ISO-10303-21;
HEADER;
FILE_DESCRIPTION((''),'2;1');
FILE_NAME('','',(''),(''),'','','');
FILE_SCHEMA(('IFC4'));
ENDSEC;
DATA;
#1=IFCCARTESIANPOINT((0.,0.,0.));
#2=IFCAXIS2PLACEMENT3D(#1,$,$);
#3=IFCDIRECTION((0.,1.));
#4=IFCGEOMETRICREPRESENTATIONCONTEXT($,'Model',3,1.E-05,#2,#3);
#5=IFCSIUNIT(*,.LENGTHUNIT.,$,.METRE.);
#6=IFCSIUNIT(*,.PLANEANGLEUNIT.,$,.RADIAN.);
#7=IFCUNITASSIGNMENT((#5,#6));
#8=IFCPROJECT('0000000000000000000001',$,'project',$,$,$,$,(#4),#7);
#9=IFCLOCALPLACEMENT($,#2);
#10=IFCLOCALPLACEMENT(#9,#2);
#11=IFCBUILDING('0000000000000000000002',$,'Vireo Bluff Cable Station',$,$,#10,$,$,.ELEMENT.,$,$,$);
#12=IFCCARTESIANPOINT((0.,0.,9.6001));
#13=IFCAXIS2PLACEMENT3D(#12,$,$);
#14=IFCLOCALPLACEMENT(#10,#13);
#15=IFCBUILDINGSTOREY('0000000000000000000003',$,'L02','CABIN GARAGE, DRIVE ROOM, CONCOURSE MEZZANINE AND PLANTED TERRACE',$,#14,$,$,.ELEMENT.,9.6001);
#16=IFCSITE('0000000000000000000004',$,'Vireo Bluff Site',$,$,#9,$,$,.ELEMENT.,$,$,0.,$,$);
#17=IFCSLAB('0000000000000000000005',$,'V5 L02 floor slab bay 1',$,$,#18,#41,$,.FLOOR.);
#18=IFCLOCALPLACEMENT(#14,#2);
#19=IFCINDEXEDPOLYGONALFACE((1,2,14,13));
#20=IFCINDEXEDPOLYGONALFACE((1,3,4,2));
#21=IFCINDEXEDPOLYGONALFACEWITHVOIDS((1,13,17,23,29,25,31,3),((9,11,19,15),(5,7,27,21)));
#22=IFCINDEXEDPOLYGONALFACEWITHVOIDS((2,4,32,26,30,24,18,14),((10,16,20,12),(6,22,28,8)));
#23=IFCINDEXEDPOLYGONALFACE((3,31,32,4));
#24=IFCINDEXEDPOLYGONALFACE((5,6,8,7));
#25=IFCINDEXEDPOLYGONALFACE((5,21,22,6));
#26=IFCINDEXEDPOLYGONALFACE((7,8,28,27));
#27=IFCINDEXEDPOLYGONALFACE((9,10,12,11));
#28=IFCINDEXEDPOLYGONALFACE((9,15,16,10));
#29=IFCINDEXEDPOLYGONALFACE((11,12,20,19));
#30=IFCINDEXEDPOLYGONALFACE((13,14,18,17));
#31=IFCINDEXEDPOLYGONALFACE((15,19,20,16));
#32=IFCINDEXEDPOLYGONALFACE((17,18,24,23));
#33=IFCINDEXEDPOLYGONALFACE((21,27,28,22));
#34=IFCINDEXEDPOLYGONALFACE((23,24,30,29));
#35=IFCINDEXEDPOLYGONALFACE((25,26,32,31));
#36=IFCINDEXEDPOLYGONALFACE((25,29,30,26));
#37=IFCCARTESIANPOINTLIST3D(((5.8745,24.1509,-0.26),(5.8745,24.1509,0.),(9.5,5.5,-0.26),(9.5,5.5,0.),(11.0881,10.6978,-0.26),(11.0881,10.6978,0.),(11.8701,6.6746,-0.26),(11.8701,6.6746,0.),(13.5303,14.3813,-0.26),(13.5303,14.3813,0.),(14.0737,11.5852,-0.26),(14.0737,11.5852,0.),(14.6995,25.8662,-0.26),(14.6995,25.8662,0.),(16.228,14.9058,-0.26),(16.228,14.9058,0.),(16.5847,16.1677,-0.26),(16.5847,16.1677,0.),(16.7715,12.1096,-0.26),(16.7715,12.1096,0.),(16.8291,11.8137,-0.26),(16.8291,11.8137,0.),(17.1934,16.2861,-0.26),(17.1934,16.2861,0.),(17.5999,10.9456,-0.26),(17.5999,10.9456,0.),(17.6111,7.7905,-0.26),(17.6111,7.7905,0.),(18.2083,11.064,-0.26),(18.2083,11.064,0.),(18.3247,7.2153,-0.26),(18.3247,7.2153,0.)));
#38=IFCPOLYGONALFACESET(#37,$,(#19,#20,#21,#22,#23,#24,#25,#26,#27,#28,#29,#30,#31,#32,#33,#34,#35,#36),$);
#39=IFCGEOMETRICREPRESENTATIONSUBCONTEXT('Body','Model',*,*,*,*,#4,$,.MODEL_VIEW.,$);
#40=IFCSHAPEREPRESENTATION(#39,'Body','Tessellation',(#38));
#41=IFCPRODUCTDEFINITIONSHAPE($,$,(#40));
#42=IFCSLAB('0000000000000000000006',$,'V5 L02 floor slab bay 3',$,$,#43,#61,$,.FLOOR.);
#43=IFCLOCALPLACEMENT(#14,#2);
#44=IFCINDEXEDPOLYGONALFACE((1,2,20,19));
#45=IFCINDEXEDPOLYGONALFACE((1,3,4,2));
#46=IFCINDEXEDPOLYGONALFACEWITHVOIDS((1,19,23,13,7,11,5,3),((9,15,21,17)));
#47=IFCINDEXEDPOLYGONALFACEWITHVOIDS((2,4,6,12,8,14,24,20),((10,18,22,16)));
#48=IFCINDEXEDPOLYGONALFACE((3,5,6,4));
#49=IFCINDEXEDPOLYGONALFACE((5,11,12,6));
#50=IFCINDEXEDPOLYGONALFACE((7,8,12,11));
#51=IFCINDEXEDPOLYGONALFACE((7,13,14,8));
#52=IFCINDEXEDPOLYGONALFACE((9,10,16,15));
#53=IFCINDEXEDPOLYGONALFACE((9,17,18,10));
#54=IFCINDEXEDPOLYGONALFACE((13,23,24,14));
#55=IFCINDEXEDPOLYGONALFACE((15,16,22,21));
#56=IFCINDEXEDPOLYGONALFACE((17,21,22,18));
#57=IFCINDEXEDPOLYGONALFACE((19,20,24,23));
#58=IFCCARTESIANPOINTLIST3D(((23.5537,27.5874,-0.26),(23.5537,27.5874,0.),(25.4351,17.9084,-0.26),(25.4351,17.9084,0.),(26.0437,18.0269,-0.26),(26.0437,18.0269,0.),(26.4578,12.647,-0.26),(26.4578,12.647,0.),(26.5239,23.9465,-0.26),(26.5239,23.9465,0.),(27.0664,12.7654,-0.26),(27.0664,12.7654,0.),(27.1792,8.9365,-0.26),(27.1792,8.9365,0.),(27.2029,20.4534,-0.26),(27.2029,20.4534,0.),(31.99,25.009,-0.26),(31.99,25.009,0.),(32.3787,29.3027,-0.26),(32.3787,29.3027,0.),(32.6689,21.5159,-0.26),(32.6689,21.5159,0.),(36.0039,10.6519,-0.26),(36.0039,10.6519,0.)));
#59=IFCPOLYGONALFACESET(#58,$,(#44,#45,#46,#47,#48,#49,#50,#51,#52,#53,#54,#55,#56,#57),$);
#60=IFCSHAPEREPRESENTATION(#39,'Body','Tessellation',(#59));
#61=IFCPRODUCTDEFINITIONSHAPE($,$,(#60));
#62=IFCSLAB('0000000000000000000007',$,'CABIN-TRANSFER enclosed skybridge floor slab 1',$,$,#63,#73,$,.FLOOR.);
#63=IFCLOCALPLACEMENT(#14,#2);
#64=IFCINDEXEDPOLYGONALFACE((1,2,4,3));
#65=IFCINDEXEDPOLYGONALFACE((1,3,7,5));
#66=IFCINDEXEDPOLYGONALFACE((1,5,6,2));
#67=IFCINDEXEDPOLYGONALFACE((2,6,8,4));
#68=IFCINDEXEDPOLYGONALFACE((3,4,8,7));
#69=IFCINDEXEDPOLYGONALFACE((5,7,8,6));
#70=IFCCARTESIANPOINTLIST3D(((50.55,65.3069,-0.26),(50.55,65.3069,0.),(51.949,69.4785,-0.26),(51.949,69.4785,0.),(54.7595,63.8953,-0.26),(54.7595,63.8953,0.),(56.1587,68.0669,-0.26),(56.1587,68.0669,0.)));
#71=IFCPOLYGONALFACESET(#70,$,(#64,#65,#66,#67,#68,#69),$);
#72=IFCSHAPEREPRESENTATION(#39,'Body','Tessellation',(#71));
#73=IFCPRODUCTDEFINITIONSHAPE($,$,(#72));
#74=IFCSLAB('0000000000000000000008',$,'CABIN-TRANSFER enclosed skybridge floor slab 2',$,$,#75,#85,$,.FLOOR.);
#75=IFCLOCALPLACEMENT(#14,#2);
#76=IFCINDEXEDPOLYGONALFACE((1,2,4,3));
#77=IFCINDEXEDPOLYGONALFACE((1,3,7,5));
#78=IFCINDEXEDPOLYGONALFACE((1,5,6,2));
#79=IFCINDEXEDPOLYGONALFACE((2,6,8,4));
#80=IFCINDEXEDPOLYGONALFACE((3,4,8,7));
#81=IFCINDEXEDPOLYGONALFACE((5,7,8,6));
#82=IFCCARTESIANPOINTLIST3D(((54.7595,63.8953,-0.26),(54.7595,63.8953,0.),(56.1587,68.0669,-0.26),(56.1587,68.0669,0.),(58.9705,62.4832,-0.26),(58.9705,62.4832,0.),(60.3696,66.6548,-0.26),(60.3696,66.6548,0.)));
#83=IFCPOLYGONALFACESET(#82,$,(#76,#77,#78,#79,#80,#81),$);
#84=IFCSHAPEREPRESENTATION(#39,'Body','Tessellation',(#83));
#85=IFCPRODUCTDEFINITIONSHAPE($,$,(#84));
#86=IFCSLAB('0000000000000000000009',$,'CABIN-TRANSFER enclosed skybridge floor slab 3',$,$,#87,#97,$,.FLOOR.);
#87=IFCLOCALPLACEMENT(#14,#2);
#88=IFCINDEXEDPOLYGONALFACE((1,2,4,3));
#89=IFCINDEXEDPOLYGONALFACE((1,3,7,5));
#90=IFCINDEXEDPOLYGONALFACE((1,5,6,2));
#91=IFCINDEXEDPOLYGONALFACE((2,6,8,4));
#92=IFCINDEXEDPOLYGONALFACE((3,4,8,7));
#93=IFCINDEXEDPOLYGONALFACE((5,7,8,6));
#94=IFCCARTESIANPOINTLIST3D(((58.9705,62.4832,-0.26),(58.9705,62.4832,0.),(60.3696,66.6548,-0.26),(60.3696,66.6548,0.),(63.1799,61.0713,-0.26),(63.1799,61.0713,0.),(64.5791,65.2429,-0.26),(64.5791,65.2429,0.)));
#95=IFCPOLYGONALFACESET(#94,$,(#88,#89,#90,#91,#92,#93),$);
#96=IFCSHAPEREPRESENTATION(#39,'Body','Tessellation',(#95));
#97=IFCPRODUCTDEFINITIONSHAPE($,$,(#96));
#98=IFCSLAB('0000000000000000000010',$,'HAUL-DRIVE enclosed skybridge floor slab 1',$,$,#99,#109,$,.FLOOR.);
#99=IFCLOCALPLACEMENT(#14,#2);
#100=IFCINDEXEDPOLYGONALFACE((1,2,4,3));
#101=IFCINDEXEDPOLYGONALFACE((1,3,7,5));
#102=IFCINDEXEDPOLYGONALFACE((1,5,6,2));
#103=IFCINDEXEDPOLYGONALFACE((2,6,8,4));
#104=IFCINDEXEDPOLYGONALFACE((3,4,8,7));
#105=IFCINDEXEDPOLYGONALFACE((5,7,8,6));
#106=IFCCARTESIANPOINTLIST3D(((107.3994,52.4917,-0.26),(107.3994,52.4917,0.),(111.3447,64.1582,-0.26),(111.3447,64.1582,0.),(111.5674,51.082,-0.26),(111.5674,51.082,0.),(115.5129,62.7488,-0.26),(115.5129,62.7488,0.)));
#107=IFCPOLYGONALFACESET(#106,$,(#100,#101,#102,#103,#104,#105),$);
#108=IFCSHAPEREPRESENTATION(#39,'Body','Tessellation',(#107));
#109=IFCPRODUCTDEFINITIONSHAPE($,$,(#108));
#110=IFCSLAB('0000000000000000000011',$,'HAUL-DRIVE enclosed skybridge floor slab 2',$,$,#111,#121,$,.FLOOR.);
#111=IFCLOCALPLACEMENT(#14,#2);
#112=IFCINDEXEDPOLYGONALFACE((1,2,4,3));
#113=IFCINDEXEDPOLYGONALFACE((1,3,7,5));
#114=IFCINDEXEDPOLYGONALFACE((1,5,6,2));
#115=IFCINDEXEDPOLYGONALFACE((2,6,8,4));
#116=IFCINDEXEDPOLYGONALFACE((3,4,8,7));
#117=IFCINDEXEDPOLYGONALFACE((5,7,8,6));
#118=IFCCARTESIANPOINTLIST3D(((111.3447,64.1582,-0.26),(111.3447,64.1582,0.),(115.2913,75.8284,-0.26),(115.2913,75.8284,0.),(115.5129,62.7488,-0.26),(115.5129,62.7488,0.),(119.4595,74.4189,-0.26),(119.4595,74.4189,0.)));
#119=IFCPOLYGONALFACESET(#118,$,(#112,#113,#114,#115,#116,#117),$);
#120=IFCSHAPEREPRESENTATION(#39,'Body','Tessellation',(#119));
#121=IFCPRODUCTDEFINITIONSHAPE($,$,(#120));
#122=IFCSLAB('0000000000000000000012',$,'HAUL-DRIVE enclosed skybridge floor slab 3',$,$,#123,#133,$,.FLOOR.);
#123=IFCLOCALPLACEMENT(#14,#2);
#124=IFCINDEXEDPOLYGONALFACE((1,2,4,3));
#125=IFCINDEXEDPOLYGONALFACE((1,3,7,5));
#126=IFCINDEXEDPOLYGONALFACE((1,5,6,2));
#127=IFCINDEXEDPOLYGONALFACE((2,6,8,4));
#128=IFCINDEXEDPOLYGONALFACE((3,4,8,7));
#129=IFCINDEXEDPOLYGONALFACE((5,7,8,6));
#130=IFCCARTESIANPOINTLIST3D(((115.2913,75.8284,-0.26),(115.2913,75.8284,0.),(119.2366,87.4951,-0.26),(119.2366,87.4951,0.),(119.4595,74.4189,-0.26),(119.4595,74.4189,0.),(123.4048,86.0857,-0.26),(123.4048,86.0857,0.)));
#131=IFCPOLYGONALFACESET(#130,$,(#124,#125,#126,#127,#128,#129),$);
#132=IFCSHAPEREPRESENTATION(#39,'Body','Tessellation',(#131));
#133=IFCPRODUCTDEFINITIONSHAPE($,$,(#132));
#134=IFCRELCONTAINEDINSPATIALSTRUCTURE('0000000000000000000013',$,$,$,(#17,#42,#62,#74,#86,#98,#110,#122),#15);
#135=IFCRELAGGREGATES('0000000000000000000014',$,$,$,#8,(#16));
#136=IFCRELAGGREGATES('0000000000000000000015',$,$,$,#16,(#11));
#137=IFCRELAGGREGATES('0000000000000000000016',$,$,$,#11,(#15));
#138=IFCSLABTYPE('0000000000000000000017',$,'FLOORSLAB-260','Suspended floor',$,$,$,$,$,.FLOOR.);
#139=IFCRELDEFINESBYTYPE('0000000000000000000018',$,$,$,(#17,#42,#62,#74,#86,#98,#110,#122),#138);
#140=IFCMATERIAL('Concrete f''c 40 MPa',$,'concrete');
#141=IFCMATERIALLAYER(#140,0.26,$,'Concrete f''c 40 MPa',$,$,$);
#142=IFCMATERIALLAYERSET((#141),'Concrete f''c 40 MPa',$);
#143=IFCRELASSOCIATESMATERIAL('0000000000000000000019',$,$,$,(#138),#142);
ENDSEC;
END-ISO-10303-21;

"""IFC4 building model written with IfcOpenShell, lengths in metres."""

from ifc_helpers import new_model, si_unit, direction, frame, origin, place, context, subcontext, project, spatial, polyline, outline, extrude, material, layer, layer_set, type_object, element, save


model = new_model("IFC4")

# Units and contexts
model_context = context("Model", 3, precision=1e-05, world=origin(), true_north=direction((0.0, 1.0)))
body_context = subcontext(model_context, "Body", "Model", "MODEL_VIEW")
ifc_project = project(units=[si_unit("LENGTHUNIT", "METRE"), si_unit("PLANEANGLEUNIT", "RADIAN")], contexts=[model_context])

# Site, building, storey
site_placement = place(None, origin())
site = spatial("IfcSite", under=ifc_project, at=site_placement, Name="Vireo Bluff Site", CompositionType="ELEMENT", RefElevation=0.0)
building_placement = place(site_placement, origin())
building = spatial("IfcBuilding", under=site, at=building_placement, Name="Vireo Bluff Cable Station", CompositionType="ELEMENT")
storey_placement = place(building_placement, frame((0.0, 0.0, 9.6001)))
storey = spatial("IfcBuildingStorey", under=building, at=storey_placement, Name="L02", Description="CABIN GARAGE, DRIVE ROOM, CONCOURSE MEZZANINE AND PLANTED TERRACE", CompositionType="ELEMENT", Elevation=9.6001)

# Slabs
ifc_material_1 = material(Name="Concrete f'c 40 MPa", Category="concrete")
ifc_layer_1 = layer(ifc_material_1, 0.26, Name="Concrete f'c 40 MPa")
ifc_layer_set_1 = layer_set([ifc_layer_1], Name="Concrete f'c 40 MPa")
slab_type_1 = type_object("IfcSlabType", Name="FLOORSLAB-260", Description="Suspended floor", PredefinedType="FLOOR", material=ifc_layer_set_1)
slab_1_placement = place(storey_placement, frame((0.0, 0.0, -0.26)))
element("IfcSlab", 1, at=slab_1_placement, inside=storey, type_object=slab_type_1, Name="V5 L02 floor slab bay 1", PredefinedType="FLOOR", context=body_context, shape_type="SweptSolid", body=[
    extrude(outline(polyline([(9.5, 5.5), (18.3247, 7.2153), (17.5999, 10.9456), (18.2083, 11.064), (17.1934, 16.2861), (16.5847, 16.1677), (14.6995, 25.8662), (5.8745, 24.1509), (9.5, 5.5)]), holes=[polyline([(11.8701, 6.6746), (11.0881, 10.6978), (16.8291, 11.8137), (17.6111, 7.7905), (11.8701, 6.6746)]), polyline([(14.0737, 11.5852), (13.5303, 14.3813), (16.228, 14.9058), (16.7715, 12.1096), (14.0737, 11.5852)])]), origin(), (0.0, 0.0, 1.0), 0.26),
])
slab_2_placement = place(storey_placement, frame((0.0, 0.0, -0.26)))
element("IfcSlab", 2, at=slab_2_placement, inside=storey, type_object=slab_type_1, Name="V5 L02 floor slab bay 3", PredefinedType="FLOOR", context=body_context, shape_type="SweptSolid", body=[
    extrude(outline(polyline([(27.1792, 8.9365), (36.0039, 10.6519), (32.3787, 29.3027), (23.5537, 27.5874), (25.4351, 17.9084), (26.0437, 18.0269), (27.0664, 12.7654), (26.4578, 12.647), (27.1792, 8.9365)]), holes=[polyline([(27.2029, 20.4534), (26.5239, 23.9465), (31.99, 25.009), (32.6689, 21.5159), (27.2029, 20.4534)])]), origin(), (0.0, 0.0, 1.0), 0.26),
])
slab_3_placement = place(storey_placement, frame((0.0, 0.0, -0.26)))
element("IfcSlab", 3, at=slab_3_placement, inside=storey, type_object=slab_type_1, Name="CABIN-TRANSFER enclosed skybridge floor slab 1", PredefinedType="FLOOR", context=body_context, shape_type="SweptSolid", body=[
    extrude(outline(polyline([(50.55, 65.3069), (54.7595, 63.8953), (56.1587, 68.0669), (51.949, 69.4785), (50.55, 65.3069)])), origin(), (0.0, 0.0, 1.0), 0.26),
])
slab_4_placement = place(storey_placement, frame((0.0, 0.0, -0.26)))
element("IfcSlab", 4, at=slab_4_placement, inside=storey, type_object=slab_type_1, Name="CABIN-TRANSFER enclosed skybridge floor slab 2", PredefinedType="FLOOR", context=body_context, shape_type="SweptSolid", body=[
    extrude(outline(polyline([(54.7595, 63.8953), (58.9705, 62.4832), (60.3696, 66.6548), (56.1587, 68.0669), (54.7595, 63.8953)])), origin(), (0.0, 0.0, 1.0), 0.26),
])
slab_5_placement = place(storey_placement, frame((0.0, 0.0, -0.26)))
element("IfcSlab", 5, at=slab_5_placement, inside=storey, type_object=slab_type_1, Name="CABIN-TRANSFER enclosed skybridge floor slab 3", PredefinedType="FLOOR", context=body_context, shape_type="SweptSolid", body=[
    extrude(outline(polyline([(58.9705, 62.4832), (63.1799, 61.0713), (64.5791, 65.2429), (60.3696, 66.6548), (58.9705, 62.4832)])), origin(), (0.0, 0.0, 1.0), 0.26),
])
slab_6_placement = place(storey_placement, frame((0.0, 0.0, -0.26)))
element("IfcSlab", 6, at=slab_6_placement, inside=storey, type_object=slab_type_1, Name="HAUL-DRIVE enclosed skybridge floor slab 1", PredefinedType="FLOOR", context=body_context, shape_type="SweptSolid", body=[
    extrude(outline(polyline([(111.5674, 51.082), (115.5129, 62.7488), (111.3447, 64.1582), (107.3994, 52.4917), (111.5674, 51.082)])), origin(), (0.0, 0.0, 1.0), 0.26),
])
slab_7_placement = place(storey_placement, frame((0.0, 0.0, -0.26)))
element("IfcSlab", 7, at=slab_7_placement, inside=storey, type_object=slab_type_1, Name="HAUL-DRIVE enclosed skybridge floor slab 2", PredefinedType="FLOOR", context=body_context, shape_type="SweptSolid", body=[
    extrude(outline(polyline([(115.5129, 62.7488), (119.4595, 74.4189), (115.2913, 75.8284), (111.3447, 64.1582), (115.5129, 62.7488)])), origin(), (0.0, 0.0, 1.0), 0.26),
])
slab_8_placement = place(storey_placement, frame((0.0, 0.0, -0.26)))
element("IfcSlab", 8, at=slab_8_placement, inside=storey, type_object=slab_type_1, Name="HAUL-DRIVE enclosed skybridge floor slab 3", PredefinedType="FLOOR", context=body_context, shape_type="SweptSolid", body=[
    extrude(outline(polyline([(119.4595, 74.4189), (123.4048, 86.0857), (119.2366, 87.4951), (115.2913, 75.8284), (119.4595, 74.4189)])), origin(), (0.0, 0.0, 1.0), 0.26),
])

save(model, "model.ifc")
